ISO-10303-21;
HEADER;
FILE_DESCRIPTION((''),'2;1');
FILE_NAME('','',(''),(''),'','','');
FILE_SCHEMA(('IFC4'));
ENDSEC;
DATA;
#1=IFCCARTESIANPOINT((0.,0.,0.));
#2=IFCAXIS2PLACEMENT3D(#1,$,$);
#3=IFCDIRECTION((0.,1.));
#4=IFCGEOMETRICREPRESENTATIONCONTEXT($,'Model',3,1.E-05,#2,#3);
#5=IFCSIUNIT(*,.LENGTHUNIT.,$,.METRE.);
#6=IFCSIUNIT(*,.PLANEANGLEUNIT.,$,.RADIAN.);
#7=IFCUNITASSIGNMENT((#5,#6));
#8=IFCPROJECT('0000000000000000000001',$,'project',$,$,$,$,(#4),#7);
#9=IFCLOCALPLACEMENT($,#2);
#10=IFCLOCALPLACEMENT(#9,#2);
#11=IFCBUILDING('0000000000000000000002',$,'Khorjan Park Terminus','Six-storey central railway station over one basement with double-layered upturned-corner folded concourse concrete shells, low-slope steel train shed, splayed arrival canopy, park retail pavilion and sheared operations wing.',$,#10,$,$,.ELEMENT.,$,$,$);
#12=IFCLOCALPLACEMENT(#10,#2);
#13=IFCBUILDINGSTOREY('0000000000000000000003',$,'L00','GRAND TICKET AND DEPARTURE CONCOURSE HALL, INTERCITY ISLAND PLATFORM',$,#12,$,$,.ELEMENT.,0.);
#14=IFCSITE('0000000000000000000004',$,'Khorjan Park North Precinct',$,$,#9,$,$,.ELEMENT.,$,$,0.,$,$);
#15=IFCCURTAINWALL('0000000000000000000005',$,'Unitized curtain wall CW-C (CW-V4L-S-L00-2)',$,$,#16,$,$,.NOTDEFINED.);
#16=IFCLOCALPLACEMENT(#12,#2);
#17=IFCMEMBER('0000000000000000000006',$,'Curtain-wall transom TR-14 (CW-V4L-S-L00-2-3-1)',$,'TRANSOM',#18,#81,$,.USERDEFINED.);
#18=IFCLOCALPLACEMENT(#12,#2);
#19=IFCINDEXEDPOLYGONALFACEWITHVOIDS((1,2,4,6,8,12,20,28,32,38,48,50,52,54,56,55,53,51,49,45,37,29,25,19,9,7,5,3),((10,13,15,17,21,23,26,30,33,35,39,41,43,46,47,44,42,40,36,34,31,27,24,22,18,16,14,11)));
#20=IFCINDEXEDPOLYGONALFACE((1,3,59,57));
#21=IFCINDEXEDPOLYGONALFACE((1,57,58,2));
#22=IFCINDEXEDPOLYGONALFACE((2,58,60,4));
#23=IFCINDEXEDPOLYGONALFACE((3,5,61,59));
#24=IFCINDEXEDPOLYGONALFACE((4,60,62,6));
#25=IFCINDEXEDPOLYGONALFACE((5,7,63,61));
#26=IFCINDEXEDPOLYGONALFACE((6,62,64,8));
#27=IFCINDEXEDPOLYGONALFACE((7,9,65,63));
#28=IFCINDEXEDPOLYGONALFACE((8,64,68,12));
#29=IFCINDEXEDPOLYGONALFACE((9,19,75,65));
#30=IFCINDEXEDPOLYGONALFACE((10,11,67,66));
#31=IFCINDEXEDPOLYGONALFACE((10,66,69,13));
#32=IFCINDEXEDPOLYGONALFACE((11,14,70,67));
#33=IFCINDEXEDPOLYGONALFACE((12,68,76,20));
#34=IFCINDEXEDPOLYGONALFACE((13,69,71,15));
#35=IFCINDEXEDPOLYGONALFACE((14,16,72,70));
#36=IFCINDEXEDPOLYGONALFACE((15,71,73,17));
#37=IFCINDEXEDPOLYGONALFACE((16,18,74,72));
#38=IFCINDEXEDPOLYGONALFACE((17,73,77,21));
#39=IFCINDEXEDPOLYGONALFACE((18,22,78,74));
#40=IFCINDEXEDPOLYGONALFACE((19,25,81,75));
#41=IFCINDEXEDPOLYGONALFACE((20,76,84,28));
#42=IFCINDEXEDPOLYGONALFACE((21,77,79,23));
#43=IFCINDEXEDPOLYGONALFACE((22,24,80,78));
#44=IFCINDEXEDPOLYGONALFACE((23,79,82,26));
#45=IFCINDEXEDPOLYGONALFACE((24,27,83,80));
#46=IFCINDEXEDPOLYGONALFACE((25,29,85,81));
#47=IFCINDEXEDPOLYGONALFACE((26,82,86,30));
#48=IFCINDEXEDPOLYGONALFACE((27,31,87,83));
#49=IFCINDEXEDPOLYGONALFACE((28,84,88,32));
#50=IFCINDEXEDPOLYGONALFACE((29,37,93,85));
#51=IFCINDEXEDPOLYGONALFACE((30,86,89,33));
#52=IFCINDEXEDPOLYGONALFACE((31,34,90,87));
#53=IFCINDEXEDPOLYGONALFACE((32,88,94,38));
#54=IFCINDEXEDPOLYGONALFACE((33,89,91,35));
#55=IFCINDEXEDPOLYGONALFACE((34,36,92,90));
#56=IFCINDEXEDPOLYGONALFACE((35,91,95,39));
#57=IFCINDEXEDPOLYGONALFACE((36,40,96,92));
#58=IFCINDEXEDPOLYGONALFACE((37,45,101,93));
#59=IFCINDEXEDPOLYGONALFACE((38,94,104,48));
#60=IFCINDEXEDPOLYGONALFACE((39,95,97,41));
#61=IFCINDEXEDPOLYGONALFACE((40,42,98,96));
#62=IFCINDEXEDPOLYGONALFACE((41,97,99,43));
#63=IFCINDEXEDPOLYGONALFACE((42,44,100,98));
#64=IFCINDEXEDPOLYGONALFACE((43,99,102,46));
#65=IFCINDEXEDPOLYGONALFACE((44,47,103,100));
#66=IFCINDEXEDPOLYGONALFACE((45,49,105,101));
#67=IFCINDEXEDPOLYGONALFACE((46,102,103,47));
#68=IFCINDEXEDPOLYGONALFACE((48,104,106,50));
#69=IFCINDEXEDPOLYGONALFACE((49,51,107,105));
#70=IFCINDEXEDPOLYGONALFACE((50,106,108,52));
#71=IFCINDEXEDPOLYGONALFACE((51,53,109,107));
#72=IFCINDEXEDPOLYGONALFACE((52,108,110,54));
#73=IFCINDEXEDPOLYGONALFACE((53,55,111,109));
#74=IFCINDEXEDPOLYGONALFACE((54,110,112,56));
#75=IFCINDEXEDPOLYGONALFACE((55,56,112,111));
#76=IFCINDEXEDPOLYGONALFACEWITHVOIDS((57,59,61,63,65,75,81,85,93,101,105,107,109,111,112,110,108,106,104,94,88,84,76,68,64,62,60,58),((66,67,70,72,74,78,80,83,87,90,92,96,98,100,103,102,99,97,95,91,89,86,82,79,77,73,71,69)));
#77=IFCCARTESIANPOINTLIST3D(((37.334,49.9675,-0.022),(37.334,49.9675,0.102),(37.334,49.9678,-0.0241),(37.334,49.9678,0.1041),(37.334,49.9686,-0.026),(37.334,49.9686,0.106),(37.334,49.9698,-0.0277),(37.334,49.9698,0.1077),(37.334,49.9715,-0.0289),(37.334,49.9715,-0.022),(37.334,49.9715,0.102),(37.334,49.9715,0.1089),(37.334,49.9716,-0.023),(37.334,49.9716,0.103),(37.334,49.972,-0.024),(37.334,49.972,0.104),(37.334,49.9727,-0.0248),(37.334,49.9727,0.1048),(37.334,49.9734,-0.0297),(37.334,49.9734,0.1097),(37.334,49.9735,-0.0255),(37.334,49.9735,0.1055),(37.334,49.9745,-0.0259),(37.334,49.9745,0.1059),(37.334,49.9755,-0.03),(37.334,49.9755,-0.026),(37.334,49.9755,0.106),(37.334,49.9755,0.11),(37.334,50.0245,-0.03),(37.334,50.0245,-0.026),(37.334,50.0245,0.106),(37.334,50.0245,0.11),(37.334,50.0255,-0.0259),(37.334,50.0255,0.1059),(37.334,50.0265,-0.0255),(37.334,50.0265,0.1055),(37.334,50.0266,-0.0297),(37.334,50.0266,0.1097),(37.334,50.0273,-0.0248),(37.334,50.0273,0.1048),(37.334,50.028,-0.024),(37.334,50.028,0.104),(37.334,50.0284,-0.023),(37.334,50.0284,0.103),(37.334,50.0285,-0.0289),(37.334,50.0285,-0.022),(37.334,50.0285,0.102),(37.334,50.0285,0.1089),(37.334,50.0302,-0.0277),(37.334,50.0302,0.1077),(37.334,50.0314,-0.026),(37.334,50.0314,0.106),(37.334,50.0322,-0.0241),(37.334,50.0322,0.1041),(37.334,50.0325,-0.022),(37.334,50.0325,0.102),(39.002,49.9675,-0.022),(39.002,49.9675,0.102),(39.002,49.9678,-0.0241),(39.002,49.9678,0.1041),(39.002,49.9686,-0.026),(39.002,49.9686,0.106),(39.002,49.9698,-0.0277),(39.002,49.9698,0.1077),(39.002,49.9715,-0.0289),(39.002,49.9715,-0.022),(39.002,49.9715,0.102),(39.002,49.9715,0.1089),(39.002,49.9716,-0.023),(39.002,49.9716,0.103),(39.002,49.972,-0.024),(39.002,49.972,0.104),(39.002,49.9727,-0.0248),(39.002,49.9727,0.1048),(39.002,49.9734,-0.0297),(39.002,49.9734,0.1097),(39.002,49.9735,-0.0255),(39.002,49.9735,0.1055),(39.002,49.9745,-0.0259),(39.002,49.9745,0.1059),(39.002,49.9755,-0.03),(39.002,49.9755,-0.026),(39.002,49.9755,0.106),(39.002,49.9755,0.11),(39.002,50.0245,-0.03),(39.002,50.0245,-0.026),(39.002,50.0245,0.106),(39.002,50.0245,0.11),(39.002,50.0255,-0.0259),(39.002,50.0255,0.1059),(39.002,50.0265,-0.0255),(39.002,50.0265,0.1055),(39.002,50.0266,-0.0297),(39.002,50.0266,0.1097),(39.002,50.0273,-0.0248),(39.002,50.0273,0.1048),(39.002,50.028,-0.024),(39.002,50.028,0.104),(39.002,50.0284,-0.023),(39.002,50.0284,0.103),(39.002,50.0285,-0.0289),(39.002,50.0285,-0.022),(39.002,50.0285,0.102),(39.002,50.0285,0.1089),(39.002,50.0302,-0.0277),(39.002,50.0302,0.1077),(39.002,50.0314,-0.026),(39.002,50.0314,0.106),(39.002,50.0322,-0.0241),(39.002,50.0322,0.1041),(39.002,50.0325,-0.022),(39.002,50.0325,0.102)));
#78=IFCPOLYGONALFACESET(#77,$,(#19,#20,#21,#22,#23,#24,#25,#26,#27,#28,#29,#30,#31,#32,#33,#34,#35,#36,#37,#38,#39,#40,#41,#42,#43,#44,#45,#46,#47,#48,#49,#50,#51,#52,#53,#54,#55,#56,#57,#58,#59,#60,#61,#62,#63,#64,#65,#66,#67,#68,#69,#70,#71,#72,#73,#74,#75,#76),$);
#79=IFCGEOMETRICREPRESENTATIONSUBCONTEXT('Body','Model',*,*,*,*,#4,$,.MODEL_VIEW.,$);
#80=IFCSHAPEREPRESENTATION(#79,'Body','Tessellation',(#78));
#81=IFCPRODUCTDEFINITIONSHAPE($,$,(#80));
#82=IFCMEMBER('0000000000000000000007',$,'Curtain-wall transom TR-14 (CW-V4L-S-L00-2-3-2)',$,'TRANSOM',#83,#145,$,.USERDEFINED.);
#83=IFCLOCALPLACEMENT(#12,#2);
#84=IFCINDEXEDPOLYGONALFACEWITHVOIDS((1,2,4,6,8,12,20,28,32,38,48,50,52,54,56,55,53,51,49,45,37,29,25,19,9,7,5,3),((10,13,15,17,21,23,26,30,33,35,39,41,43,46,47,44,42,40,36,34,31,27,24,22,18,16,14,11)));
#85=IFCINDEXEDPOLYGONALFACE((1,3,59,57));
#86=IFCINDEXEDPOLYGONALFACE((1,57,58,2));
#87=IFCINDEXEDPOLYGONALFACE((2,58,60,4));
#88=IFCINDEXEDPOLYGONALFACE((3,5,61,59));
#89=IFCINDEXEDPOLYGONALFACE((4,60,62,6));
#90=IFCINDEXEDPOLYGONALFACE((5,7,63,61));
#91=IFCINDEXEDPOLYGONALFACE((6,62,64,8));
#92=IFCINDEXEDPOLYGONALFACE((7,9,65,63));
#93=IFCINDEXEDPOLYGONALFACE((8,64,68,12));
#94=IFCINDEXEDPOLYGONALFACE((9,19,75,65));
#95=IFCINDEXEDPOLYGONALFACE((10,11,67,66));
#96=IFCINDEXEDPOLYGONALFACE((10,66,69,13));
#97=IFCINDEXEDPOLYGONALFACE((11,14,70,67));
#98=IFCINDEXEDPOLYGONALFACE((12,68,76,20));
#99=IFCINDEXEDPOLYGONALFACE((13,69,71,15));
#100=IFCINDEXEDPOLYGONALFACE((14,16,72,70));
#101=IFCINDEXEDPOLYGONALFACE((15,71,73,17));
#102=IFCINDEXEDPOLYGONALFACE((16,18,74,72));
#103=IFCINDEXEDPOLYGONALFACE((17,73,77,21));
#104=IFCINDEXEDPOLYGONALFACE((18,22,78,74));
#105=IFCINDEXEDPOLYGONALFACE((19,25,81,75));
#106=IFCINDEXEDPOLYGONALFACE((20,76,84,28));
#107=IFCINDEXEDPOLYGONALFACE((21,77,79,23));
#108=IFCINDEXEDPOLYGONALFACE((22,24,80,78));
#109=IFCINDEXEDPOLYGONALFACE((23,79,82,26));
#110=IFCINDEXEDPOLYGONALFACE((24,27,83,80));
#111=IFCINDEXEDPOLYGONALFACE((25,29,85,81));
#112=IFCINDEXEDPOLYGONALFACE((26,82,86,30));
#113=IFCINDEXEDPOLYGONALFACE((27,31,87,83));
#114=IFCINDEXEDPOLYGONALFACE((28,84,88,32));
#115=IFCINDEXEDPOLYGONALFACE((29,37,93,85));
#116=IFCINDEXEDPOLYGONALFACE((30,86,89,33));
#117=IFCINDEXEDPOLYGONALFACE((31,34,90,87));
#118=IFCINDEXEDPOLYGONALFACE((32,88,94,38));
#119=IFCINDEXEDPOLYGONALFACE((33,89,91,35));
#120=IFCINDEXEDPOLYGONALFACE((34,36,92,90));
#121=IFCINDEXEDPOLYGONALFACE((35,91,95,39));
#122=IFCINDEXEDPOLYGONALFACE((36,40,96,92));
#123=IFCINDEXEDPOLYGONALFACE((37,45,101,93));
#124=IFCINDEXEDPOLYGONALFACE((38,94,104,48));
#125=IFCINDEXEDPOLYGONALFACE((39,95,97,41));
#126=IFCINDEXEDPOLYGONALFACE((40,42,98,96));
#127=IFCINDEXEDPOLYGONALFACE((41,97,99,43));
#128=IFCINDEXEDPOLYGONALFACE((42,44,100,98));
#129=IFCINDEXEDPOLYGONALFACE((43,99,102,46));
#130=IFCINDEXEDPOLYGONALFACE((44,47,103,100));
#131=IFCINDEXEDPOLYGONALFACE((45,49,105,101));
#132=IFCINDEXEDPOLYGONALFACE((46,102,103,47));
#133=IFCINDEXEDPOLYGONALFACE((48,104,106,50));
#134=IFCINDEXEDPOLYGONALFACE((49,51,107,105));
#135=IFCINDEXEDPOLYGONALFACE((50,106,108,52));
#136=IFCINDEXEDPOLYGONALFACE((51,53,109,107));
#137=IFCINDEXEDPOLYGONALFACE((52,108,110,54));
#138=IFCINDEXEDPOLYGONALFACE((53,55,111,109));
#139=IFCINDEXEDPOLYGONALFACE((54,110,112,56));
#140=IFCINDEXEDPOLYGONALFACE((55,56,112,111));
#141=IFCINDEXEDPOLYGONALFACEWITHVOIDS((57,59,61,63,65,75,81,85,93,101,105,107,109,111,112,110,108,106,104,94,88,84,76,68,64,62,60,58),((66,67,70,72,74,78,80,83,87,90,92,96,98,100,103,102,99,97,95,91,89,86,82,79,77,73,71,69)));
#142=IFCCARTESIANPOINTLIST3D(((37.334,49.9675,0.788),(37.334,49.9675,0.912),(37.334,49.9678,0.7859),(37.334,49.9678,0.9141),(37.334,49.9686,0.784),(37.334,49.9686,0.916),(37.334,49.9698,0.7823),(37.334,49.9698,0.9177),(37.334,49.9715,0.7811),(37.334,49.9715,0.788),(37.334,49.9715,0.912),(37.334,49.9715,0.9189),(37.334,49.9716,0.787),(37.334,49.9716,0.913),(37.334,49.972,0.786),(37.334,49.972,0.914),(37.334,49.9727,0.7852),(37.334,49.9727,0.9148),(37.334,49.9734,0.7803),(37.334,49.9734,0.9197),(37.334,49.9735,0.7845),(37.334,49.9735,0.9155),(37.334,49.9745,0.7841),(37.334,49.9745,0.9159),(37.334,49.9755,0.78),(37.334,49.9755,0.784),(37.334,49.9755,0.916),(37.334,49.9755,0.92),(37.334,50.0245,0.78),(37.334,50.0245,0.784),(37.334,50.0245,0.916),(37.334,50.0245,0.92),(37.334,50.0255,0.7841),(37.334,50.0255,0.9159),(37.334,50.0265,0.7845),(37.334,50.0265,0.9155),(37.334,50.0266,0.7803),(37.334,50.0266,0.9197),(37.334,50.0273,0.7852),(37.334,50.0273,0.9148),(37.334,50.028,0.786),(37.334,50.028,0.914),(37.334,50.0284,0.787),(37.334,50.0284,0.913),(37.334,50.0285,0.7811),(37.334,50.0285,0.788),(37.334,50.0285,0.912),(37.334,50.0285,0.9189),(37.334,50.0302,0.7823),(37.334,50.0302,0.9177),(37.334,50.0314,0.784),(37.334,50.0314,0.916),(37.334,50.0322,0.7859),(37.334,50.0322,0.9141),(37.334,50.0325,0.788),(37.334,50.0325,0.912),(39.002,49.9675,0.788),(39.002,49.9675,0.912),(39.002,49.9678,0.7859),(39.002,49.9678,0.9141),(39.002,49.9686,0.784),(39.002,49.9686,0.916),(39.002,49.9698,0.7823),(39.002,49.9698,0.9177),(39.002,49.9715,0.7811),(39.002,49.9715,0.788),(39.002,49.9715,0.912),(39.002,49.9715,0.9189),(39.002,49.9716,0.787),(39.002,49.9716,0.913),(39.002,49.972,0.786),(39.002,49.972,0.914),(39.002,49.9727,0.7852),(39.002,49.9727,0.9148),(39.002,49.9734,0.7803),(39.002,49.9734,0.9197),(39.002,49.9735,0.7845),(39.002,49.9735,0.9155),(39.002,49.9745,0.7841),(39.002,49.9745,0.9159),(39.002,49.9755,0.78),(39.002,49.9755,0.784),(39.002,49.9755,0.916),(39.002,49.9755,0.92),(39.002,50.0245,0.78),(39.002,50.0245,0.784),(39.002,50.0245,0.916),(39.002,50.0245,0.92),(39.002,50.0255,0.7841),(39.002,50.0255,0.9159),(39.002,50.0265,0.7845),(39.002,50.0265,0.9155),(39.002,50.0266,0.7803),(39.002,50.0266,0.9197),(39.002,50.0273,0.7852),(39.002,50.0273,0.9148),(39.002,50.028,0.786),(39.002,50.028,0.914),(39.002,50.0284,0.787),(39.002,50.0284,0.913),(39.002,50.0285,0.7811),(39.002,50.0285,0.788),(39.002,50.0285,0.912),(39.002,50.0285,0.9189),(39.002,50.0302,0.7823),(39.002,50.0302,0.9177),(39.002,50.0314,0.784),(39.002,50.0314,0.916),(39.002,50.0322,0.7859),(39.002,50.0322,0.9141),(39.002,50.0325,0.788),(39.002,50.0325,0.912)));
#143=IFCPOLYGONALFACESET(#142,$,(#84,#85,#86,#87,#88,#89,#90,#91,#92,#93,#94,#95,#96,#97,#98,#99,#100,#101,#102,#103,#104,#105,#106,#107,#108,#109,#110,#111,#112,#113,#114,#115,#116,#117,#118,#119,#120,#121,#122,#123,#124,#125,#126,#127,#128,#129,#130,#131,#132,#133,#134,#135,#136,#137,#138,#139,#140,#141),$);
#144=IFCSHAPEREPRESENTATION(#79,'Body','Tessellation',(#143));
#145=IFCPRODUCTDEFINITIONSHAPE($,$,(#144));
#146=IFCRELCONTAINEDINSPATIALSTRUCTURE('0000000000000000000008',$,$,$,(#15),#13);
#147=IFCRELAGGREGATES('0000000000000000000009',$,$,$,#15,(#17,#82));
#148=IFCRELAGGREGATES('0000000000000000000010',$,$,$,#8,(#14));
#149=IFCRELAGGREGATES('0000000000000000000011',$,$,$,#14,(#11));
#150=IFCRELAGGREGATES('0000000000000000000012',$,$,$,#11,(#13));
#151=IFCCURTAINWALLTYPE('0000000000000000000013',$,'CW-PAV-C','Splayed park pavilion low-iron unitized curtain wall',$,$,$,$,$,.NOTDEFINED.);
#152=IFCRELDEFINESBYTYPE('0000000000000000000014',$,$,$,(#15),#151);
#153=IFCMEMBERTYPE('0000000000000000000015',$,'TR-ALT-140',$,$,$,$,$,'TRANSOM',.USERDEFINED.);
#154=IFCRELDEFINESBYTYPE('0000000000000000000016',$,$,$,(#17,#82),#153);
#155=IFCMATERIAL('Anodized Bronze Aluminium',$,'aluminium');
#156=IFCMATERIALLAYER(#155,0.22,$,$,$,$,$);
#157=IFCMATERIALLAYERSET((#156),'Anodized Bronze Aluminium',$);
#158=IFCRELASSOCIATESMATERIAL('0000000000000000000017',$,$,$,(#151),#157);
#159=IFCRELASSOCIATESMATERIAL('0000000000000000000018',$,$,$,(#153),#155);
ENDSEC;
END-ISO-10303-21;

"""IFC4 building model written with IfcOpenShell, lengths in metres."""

from ifc_helpers import new_model, si_unit, direction, frame, origin, origin_2d, place, context, subcontext, project, spatial, hollow_rectangle, extrude, material, layer, layer_set, material_profile, profile_set, type_object, element, aggregate, save


model = new_model("IFC4")

# Units and contexts
model_context = context("Model", 3, precision=1e-05, world=origin(), true_north=direction((0.0, 1.0)))
body_context = subcontext(model_context, "Body", "Model", "MODEL_VIEW")
ifc_project = project(units=[si_unit("LENGTHUNIT", "METRE"), si_unit("PLANEANGLEUNIT", "RADIAN")], contexts=[model_context])

# Site, building, storey
site_placement = place(None, origin())
site = spatial("IfcSite", under=ifc_project, at=site_placement, Name="Khorjan Park North Precinct", CompositionType="ELEMENT", RefElevation=0.0)
building_placement = place(site_placement, origin())
building = spatial("IfcBuilding", under=site, at=building_placement, Name="Khorjan Park Terminus", Description="Six-storey central railway station over one basement with double-layered upturned-corner folded concourse concrete shells, low-slope steel train shed, splayed arrival canopy, park retail pavilion and sheared operations wing.", CompositionType="ELEMENT")
storey_placement = place(building_placement, origin())
storey = spatial("IfcBuildingStorey", under=building, at=storey_placement, Name="L00", Description="GRAND TICKET AND DEPARTURE CONCOURSE HALL, INTERCITY ISLAND PLATFORM", CompositionType="ELEMENT", Elevation=0.0)

# Curtain wall, members
ifc_material_1 = material(Name="Anodized Bronze Aluminium", Category="aluminium")
ifc_layer_1 = layer(ifc_material_1, 0.22)
ifc_layer_set_1 = layer_set([ifc_layer_1], Name="Anodized Bronze Aluminium")
curtain_wall_type = type_object("IfcCurtainWallType", Name="CW-PAV-C", Description="Splayed park pavilion low-iron unitized curtain wall", PredefinedType="NOTDEFINED", material=ifc_layer_set_1)
curtain_wall_placement = place(storey_placement, origin())
curtain_wall = element("IfcCurtainWall", 1, at=curtain_wall_placement, inside=storey, type_object=curtain_wall_type, Name="Unitized curtain wall CW-C (CW-V4L-S-L00-2)", PredefinedType="NOTDEFINED")
ifc_material_profile_1 = material_profile(ifc_material_1, hollow_rectangle(XDim=0.065, YDim=0.14, WallThickness=0.004, InnerFilletRadius=0.004, OuterFilletRadius=0.008, at=origin_2d()), Name="ALT 65x140x4")
ifc_profile_set_1 = profile_set([ifc_material_profile_1], Name="Anodized Bronze Aluminium")
member_type_1 = type_object("IfcMemberType", Name="TR-ALT-140", ElementType="TRANSOM", PredefinedType="USERDEFINED", material=ifc_profile_set_1)
member_1_placement = place(storey_placement, frame((37.334, 50.0, 0.04), z_axis=(1.0, 0.0, 0.0), x_axis=(0.0, 1.0, 0.0)))
member_1 = element("IfcMember", 2, at=member_1_placement, type_object=member_type_1, Name="Curtain-wall transom TR-14 (CW-V4L-S-L00-2-3-1)", ObjectType="TRANSOM", PredefinedType="USERDEFINED", context=body_context, shape_type="SweptSolid", body=[
    extrude(hollow_rectangle(XDim=0.065, YDim=0.14, WallThickness=0.004, InnerFilletRadius=0.004, OuterFilletRadius=0.008, at=origin_2d()), origin(), (0.0, 0.0, 1.0), 1.668),
])
member_2_placement = place(storey_placement, frame((37.334, 50.0, 0.85), z_axis=(1.0, 0.0, 0.0), x_axis=(0.0, 1.0, 0.0)))
member_2 = element("IfcMember", 3, at=member_2_placement, type_object=member_type_1, Name="Curtain-wall transom TR-14 (CW-V4L-S-L00-2-3-2)", ObjectType="TRANSOM", PredefinedType="USERDEFINED", context=body_context, shape_type="SweptSolid", body=[
    extrude(hollow_rectangle(XDim=0.065, YDim=0.14, WallThickness=0.004, InnerFilletRadius=0.004, OuterFilletRadius=0.008, at=origin_2d()), origin(), (0.0, 0.0, 1.0), 1.668),
])
aggregate(curtain_wall, [member_1, member_2])

save(model, "model.ifc")
